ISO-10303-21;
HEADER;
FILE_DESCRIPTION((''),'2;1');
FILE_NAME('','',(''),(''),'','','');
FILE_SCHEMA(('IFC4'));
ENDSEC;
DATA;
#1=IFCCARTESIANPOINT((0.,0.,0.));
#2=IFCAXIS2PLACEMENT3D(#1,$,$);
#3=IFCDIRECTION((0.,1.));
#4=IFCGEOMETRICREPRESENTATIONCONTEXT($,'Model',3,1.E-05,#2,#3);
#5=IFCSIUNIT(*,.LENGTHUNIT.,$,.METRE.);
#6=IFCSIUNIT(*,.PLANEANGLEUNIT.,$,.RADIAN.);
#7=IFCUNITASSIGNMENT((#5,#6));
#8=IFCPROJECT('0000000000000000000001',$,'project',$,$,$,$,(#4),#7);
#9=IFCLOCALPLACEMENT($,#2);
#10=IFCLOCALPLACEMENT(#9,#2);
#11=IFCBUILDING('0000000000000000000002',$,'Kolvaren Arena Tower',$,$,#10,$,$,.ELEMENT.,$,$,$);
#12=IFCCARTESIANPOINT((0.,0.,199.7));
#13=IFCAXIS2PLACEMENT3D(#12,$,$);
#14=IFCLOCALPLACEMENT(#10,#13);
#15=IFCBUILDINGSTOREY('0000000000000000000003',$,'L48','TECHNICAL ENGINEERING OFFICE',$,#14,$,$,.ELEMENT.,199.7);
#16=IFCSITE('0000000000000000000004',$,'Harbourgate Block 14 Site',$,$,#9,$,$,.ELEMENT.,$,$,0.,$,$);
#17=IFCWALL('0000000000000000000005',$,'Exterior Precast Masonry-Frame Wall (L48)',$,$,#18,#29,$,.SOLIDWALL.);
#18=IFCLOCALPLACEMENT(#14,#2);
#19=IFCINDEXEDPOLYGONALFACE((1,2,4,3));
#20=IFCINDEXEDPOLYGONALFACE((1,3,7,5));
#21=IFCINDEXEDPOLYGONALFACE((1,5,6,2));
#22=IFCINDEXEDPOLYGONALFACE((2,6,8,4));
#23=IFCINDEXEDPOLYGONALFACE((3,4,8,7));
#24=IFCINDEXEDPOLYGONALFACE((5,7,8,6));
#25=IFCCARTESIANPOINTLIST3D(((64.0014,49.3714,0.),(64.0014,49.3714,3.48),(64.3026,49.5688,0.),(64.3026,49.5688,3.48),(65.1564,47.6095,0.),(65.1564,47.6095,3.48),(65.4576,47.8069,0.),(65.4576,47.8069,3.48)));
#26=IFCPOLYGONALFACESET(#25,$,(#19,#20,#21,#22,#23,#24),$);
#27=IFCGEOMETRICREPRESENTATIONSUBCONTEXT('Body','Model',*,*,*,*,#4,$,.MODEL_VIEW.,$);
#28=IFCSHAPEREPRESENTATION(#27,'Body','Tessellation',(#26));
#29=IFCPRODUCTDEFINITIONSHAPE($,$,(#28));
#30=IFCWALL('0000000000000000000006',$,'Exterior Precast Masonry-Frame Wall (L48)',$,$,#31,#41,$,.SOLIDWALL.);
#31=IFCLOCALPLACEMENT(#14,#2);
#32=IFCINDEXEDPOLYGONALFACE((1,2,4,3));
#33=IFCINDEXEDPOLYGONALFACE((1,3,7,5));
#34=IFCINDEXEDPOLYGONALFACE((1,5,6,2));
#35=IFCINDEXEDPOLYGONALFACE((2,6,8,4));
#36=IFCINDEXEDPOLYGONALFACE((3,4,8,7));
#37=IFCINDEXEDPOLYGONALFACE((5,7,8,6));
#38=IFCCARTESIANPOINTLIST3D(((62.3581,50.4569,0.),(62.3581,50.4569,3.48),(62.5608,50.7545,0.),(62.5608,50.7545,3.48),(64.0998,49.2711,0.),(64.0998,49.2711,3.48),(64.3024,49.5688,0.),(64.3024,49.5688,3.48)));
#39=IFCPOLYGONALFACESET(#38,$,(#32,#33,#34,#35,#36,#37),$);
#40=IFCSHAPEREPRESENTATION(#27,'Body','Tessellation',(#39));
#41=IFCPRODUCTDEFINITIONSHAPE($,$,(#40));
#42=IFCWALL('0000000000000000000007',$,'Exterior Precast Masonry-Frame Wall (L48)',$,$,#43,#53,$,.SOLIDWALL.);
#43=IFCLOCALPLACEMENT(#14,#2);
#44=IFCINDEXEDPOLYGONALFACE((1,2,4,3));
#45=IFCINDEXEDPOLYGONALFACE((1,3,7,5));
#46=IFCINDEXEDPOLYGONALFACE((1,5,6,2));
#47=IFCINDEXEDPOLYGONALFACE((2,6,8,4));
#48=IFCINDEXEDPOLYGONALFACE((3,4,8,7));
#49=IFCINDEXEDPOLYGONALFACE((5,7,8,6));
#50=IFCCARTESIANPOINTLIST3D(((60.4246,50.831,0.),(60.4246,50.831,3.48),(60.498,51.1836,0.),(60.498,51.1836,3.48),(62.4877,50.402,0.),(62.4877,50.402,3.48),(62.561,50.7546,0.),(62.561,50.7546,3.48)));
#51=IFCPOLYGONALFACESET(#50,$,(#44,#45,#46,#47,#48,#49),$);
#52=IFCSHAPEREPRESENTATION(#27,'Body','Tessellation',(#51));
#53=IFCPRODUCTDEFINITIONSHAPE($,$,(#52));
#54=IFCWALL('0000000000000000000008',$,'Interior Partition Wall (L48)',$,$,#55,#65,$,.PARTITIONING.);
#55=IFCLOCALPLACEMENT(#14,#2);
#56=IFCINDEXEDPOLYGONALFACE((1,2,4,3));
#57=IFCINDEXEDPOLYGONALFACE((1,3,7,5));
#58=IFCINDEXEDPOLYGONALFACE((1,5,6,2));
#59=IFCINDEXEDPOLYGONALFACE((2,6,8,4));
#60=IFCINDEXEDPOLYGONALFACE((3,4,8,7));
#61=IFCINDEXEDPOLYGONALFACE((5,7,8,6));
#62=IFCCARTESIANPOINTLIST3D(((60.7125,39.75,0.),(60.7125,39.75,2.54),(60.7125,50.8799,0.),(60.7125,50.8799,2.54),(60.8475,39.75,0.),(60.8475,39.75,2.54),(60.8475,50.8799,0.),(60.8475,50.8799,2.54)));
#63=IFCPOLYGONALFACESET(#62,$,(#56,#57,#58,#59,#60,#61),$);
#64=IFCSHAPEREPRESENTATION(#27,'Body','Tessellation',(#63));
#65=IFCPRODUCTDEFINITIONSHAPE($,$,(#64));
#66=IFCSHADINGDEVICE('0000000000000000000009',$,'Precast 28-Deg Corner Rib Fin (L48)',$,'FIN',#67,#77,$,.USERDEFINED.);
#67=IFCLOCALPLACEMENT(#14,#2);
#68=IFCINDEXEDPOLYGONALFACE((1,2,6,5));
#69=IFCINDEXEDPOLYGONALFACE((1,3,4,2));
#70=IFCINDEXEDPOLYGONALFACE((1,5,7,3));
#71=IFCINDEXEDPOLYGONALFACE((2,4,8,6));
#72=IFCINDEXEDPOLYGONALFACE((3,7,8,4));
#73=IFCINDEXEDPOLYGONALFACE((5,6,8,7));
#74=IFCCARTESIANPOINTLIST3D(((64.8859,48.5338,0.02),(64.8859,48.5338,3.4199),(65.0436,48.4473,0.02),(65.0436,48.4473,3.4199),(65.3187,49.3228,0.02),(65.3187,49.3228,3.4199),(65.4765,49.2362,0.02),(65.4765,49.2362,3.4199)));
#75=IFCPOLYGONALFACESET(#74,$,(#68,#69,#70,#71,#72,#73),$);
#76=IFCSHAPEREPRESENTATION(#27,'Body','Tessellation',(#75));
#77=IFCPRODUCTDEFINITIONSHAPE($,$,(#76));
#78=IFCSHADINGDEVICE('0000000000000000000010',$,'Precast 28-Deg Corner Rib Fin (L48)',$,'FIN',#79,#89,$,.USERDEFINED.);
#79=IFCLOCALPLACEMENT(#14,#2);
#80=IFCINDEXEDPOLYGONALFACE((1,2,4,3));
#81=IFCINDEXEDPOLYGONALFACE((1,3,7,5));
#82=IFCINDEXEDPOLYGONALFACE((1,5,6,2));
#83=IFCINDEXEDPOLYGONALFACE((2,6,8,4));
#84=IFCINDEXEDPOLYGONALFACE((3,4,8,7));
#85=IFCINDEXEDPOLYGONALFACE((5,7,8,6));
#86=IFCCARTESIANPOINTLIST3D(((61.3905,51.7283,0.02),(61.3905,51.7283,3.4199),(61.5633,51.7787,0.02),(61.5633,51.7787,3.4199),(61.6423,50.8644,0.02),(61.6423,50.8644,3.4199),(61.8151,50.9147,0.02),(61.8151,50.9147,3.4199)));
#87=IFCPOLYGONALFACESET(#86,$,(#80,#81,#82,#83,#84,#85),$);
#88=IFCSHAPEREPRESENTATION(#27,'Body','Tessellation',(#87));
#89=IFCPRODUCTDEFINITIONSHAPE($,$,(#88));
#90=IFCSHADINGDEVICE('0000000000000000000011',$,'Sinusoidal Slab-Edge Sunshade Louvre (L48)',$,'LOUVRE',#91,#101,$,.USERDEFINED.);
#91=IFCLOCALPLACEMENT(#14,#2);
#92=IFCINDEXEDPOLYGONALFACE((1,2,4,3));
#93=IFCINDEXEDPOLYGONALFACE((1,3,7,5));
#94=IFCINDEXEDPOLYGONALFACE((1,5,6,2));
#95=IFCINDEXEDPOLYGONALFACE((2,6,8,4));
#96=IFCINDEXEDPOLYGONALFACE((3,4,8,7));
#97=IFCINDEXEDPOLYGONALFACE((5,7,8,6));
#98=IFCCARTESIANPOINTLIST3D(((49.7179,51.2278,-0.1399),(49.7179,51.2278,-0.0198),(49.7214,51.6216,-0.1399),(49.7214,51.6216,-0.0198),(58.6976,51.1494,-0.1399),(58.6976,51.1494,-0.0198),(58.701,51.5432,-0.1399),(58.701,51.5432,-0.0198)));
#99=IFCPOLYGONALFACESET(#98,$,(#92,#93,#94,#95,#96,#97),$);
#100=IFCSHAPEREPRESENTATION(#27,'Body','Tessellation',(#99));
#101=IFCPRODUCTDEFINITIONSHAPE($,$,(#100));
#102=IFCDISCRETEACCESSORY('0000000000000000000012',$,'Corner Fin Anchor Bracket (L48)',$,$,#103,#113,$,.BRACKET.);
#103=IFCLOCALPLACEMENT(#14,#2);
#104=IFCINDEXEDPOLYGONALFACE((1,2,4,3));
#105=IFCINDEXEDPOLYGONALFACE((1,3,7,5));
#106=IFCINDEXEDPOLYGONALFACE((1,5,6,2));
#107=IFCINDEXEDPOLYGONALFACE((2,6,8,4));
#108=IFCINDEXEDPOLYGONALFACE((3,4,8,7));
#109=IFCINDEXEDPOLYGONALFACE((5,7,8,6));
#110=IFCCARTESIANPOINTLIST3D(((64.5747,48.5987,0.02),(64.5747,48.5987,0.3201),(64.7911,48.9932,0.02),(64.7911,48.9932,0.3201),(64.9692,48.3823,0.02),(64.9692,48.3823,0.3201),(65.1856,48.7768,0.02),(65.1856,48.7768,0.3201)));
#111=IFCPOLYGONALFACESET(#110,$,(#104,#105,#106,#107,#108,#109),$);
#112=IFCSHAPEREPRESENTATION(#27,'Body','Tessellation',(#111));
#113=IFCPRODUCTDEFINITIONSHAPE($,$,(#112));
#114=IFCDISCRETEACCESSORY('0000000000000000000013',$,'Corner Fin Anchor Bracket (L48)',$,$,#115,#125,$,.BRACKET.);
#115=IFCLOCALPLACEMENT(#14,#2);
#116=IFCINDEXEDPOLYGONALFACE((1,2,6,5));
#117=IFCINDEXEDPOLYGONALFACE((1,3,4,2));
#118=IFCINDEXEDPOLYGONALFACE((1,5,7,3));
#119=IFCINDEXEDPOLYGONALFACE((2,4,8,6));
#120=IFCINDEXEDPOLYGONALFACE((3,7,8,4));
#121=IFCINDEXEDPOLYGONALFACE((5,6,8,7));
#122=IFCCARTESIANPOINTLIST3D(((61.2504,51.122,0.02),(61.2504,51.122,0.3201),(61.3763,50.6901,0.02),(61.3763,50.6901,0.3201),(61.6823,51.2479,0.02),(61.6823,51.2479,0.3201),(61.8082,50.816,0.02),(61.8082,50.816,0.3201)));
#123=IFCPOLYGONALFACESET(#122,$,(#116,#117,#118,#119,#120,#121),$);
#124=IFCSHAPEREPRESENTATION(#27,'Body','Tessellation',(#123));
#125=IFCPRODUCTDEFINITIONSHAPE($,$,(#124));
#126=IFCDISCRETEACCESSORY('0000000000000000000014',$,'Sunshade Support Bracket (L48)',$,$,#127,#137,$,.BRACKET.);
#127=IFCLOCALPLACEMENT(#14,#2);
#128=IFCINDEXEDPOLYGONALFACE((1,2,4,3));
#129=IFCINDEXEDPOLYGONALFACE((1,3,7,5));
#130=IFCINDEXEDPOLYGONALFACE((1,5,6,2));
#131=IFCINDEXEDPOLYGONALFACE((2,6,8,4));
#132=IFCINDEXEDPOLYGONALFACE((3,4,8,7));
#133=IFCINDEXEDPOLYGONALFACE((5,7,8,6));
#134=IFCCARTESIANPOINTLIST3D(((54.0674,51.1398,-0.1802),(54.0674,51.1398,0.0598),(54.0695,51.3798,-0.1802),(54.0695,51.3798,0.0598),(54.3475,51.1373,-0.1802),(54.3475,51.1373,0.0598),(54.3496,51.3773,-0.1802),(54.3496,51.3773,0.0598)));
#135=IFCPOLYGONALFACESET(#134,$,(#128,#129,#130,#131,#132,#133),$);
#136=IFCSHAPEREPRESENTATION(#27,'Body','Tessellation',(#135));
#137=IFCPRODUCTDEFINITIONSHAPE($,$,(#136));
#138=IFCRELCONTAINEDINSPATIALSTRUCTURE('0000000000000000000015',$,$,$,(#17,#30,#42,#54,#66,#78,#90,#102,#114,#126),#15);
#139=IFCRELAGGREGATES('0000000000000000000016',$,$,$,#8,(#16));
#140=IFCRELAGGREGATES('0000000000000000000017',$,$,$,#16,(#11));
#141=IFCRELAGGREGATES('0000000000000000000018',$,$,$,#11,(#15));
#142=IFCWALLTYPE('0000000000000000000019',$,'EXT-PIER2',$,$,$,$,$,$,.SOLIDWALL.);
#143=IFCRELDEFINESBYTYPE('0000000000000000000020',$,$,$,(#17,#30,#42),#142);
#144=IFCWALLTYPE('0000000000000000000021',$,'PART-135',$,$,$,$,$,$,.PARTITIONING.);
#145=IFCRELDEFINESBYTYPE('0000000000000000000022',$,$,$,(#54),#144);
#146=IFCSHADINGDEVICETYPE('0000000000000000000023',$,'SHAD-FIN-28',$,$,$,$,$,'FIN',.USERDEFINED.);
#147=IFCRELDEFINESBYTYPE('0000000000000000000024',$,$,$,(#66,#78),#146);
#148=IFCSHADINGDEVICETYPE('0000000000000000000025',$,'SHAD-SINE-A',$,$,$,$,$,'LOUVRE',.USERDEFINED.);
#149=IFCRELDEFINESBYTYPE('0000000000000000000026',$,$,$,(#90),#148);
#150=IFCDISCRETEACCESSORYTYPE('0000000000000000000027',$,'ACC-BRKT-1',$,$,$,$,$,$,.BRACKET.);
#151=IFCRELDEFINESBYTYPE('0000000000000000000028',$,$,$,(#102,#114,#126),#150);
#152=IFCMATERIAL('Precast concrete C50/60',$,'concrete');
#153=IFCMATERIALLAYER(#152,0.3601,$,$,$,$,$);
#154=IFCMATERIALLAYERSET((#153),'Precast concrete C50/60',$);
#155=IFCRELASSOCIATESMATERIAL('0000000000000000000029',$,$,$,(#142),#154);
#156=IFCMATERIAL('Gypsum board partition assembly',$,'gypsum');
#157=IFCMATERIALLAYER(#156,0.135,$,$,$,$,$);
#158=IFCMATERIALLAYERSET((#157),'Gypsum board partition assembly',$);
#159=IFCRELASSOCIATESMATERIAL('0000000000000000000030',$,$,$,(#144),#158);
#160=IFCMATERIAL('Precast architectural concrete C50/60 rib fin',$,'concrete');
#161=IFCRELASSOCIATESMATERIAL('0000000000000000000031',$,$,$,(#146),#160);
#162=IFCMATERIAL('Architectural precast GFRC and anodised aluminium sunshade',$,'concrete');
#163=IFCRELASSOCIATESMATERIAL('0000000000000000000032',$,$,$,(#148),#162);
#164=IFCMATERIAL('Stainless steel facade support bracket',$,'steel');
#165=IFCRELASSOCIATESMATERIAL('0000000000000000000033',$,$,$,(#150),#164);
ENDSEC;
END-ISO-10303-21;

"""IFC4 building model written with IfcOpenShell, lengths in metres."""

from ifc_helpers import new_model, si_unit, direction, frame, frame_2d, origin, origin_2d, place, context, subcontext, project, spatial, rectangle, extrude, material, layer, layer_set, type_object, element, save


model = new_model("IFC4")

# Units and contexts
model_context = context("Model", 3, precision=1e-05, world=origin(), true_north=direction((0.0, 1.0)))
body_context = subcontext(model_context, "Body", "Model", "MODEL_VIEW")
ifc_project = project(units=[si_unit("LENGTHUNIT", "METRE"), si_unit("PLANEANGLEUNIT", "RADIAN")], contexts=[model_context])

# Site, building, storey
site_placement = place(None, origin())
site = spatial("IfcSite", under=ifc_project, at=site_placement, Name="Harbourgate Block 14 Site", CompositionType="ELEMENT", RefElevation=0.0)
building_placement = place(site_placement, origin())
building = spatial("IfcBuilding", under=site, at=building_placement, Name="Kolvaren Arena Tower", CompositionType="ELEMENT")
storey_placement = place(building_placement, frame((0.0, 0.0, 199.7)))
storey = spatial("IfcBuildingStorey", under=building, at=storey_placement, Name="L48", Description="TECHNICAL ENGINEERING OFFICE", CompositionType="ELEMENT", Elevation=199.7)

# Shared definitions
ifc_material_1 = material(Name="Precast concrete C50/60", Category="concrete")
ifc_layer_1 = layer(ifc_material_1, 0.3601)
ifc_layer_set_1 = layer_set([ifc_layer_1], Name="Precast concrete C50/60")
wall_type_1 = type_object("IfcWallType", Name="EXT-PIER2", PredefinedType="SOLIDWALL", material=ifc_layer_set_1)

# Walls
wall_1_placement = place(storey_placement, frame((64.1521, 49.47, 0.0), z_axis=(0.0, 0.0, 1.0), x_axis=(0.548239, -0.836322, 0.0)))
element("IfcWall", 1, at=wall_1_placement, inside=storey, type_object=wall_type_1, Name="Exterior Precast Masonry-Frame Wall (L48)", PredefinedType="SOLIDWALL", context=body_context, shape_type="SweptSolid", body=[
    extrude(rectangle(XDim=2.1067, YDim=0.3601, at=frame_2d((1.0532, 0.0))), origin(), (0.0, 0.0, 1.0), 3.48),
])
wall_2_placement = place(storey_placement, frame((62.4595, 50.6057, 0.0), z_axis=(0.0, 0.0, 1.0), x_axis=(0.82661, -0.562776, 0.0)))
element("IfcWall", 2, at=wall_2_placement, inside=storey, type_object=wall_type_1, Name="Exterior Precast Masonry-Frame Wall (L48)", PredefinedType="SOLIDWALL", context=body_context, shape_type="SweptSolid", body=[
    extrude(rectangle(XDim=2.1069, YDim=0.3601, at=frame_2d((1.0535, 0.0))), origin(), (0.0, 0.0, 1.0), 3.48),
])
wall_3_placement = place(storey_placement, frame((60.4612, 51.0073, 0.0), z_axis=(0.0, 0.0, 1.0), x_axis=(0.979059, -0.203575, 0.0)))
element("IfcWall", 3, at=wall_3_placement, inside=storey, type_object=wall_type_1, Name="Exterior Precast Masonry-Frame Wall (L48)", PredefinedType="SOLIDWALL", context=body_context, shape_type="SweptSolid", body=[
    extrude(rectangle(XDim=2.1072, YDim=0.3601, at=frame_2d((1.0537, 0.0))), origin(), (0.0, 0.0, 1.0), 3.48),
])
ifc_material_2 = material(Name="Gypsum board partition assembly", Category="gypsum")
ifc_layer_2 = layer(ifc_material_2, 0.135)
ifc_layer_set_2 = layer_set([ifc_layer_2], Name="Gypsum board partition assembly")
wall_type_2 = type_object("IfcWallType", Name="PART-135", PredefinedType="PARTITIONING", material=ifc_layer_set_2)
wall_4_placement = place(storey_placement, frame((60.78, 39.75, 0.0), z_axis=(0.0, 0.0, 1.0), x_axis=(0.0, 1.0, 0.0)))
element("IfcWall", 4, at=wall_4_placement, inside=storey, type_object=wall_type_2, Name="Interior Partition Wall (L48)", PredefinedType="PARTITIONING", context=body_context, shape_type="SweptSolid", body=[
    extrude(rectangle(XDim=11.1299, YDim=0.135, at=frame_2d((5.5649, 0.0))), origin(), (0.0, 0.0, 1.0), 2.54),
])

# Shading devices
ifc_material_3 = material(Name="Precast architectural concrete C50/60 rib fin", Category="concrete")
shading_device_type_1 = type_object("IfcShadingDeviceType", Name="SHAD-FIN-28", ElementType="FIN", PredefinedType="USERDEFINED", material=ifc_material_3)
for number, where, z_axis, x_axis, name in (
    (5, (65.1812, 48.885, 0.02), (0.0, 0.0, 1.0), (0.480995, 0.876723, 0.0), "Precast 28-Deg Corner Rib Fin (L48)"),
    (6, (61.6028, 51.3215, 0.02), (0.0, 0.0, 1.0), (-0.279812, 0.960055, 0.0), "Precast 28-Deg Corner Rib Fin (L48)"),
):
    element("IfcShadingDevice", number, at=place(storey_placement, frame(where, z_axis=z_axis, x_axis=x_axis)), inside=storey, type_object=shading_device_type_1, Name=name, ObjectType="FIN", PredefinedType="USERDEFINED", context=body_context, shape_type="SweptSolid", body=[
        extrude(rectangle(XDim=0.8999, YDim=0.1799, at=origin_2d()), origin(), (0.0, 0.0, 1.0), 3.3999),
    ])
ifc_material_4 = material(Name="Architectural precast GFRC and anodised aluminium sunshade", Category="concrete")
shading_device_type_2 = type_object("IfcShadingDeviceType", Name="SHAD-SINE-A", ElementType="LOUVRE", PredefinedType="USERDEFINED", material=ifc_material_4)
shading_device_placement = place(storey_placement, frame((54.2095, 51.3855, -0.1399), z_axis=(0.0, 0.0, 1.0), x_axis=(0.999962, -0.008727, 0.0)))
element("IfcShadingDevice", 7, at=shading_device_placement, inside=storey, type_object=shading_device_type_2, Name="Sinusoidal Slab-Edge Sunshade Louvre (L48)", ObjectType="LOUVRE", PredefinedType="USERDEFINED", context=body_context, shape_type="SweptSolid", body=[
    extrude(rectangle(XDim=8.98, YDim=0.3938, at=origin_2d()), origin(), (0.0, 0.0, 1.0), 0.1201),
])

# Discrete accessories
ifc_material_5 = material(Name="Stainless steel facade support bracket", Category="steel")
discrete_accessory_type = type_object("IfcDiscreteAccessoryType", Name="ACC-BRKT-1", PredefinedType="BRACKET", material=ifc_material_5)
for number, where, z_axis, x_axis, name in (
    (8, (64.8801, 48.6877, 0.02), (0.0, 0.0, 1.0), (0.480995, 0.876723, 0.0), "Corner Fin Anchor Bracket (L48)"),
    (9, (61.5293, 50.969, 0.02), (0.0, 0.0, 1.0), (-0.279812, 0.960055, 0.0), "Corner Fin Anchor Bracket (L48)"),
):
    element("IfcDiscreteAccessory", number, at=place(storey_placement, frame(where, z_axis=z_axis, x_axis=x_axis)), inside=storey, type_object=discrete_accessory_type, Name=name, PredefinedType="BRACKET", context=body_context, shape_type="SweptSolid", body=[
        extrude(rectangle(XDim=0.45, YDim=0.45, at=origin_2d()), origin(), (0.0, 0.0, 1.0), 0.3),
    ])
discrete_accessory_placement = place(storey_placement, frame((54.2085, 51.2585, -0.1802), z_axis=(0.0, 0.0, 1.0), x_axis=(0.999962, -0.008727, 0.0)))
element("IfcDiscreteAccessory", 10, at=discrete_accessory_placement, inside=storey, type_object=discrete_accessory_type, Name="Sunshade Support Bracket (L48)", PredefinedType="BRACKET", context=body_context, shape_type="SweptSolid", body=[
    extrude(rectangle(XDim=0.28, YDim=0.24, at=origin_2d()), origin(), (0.0, 0.0, 1.0), 0.24),
])

save(model, "model.ifc")
